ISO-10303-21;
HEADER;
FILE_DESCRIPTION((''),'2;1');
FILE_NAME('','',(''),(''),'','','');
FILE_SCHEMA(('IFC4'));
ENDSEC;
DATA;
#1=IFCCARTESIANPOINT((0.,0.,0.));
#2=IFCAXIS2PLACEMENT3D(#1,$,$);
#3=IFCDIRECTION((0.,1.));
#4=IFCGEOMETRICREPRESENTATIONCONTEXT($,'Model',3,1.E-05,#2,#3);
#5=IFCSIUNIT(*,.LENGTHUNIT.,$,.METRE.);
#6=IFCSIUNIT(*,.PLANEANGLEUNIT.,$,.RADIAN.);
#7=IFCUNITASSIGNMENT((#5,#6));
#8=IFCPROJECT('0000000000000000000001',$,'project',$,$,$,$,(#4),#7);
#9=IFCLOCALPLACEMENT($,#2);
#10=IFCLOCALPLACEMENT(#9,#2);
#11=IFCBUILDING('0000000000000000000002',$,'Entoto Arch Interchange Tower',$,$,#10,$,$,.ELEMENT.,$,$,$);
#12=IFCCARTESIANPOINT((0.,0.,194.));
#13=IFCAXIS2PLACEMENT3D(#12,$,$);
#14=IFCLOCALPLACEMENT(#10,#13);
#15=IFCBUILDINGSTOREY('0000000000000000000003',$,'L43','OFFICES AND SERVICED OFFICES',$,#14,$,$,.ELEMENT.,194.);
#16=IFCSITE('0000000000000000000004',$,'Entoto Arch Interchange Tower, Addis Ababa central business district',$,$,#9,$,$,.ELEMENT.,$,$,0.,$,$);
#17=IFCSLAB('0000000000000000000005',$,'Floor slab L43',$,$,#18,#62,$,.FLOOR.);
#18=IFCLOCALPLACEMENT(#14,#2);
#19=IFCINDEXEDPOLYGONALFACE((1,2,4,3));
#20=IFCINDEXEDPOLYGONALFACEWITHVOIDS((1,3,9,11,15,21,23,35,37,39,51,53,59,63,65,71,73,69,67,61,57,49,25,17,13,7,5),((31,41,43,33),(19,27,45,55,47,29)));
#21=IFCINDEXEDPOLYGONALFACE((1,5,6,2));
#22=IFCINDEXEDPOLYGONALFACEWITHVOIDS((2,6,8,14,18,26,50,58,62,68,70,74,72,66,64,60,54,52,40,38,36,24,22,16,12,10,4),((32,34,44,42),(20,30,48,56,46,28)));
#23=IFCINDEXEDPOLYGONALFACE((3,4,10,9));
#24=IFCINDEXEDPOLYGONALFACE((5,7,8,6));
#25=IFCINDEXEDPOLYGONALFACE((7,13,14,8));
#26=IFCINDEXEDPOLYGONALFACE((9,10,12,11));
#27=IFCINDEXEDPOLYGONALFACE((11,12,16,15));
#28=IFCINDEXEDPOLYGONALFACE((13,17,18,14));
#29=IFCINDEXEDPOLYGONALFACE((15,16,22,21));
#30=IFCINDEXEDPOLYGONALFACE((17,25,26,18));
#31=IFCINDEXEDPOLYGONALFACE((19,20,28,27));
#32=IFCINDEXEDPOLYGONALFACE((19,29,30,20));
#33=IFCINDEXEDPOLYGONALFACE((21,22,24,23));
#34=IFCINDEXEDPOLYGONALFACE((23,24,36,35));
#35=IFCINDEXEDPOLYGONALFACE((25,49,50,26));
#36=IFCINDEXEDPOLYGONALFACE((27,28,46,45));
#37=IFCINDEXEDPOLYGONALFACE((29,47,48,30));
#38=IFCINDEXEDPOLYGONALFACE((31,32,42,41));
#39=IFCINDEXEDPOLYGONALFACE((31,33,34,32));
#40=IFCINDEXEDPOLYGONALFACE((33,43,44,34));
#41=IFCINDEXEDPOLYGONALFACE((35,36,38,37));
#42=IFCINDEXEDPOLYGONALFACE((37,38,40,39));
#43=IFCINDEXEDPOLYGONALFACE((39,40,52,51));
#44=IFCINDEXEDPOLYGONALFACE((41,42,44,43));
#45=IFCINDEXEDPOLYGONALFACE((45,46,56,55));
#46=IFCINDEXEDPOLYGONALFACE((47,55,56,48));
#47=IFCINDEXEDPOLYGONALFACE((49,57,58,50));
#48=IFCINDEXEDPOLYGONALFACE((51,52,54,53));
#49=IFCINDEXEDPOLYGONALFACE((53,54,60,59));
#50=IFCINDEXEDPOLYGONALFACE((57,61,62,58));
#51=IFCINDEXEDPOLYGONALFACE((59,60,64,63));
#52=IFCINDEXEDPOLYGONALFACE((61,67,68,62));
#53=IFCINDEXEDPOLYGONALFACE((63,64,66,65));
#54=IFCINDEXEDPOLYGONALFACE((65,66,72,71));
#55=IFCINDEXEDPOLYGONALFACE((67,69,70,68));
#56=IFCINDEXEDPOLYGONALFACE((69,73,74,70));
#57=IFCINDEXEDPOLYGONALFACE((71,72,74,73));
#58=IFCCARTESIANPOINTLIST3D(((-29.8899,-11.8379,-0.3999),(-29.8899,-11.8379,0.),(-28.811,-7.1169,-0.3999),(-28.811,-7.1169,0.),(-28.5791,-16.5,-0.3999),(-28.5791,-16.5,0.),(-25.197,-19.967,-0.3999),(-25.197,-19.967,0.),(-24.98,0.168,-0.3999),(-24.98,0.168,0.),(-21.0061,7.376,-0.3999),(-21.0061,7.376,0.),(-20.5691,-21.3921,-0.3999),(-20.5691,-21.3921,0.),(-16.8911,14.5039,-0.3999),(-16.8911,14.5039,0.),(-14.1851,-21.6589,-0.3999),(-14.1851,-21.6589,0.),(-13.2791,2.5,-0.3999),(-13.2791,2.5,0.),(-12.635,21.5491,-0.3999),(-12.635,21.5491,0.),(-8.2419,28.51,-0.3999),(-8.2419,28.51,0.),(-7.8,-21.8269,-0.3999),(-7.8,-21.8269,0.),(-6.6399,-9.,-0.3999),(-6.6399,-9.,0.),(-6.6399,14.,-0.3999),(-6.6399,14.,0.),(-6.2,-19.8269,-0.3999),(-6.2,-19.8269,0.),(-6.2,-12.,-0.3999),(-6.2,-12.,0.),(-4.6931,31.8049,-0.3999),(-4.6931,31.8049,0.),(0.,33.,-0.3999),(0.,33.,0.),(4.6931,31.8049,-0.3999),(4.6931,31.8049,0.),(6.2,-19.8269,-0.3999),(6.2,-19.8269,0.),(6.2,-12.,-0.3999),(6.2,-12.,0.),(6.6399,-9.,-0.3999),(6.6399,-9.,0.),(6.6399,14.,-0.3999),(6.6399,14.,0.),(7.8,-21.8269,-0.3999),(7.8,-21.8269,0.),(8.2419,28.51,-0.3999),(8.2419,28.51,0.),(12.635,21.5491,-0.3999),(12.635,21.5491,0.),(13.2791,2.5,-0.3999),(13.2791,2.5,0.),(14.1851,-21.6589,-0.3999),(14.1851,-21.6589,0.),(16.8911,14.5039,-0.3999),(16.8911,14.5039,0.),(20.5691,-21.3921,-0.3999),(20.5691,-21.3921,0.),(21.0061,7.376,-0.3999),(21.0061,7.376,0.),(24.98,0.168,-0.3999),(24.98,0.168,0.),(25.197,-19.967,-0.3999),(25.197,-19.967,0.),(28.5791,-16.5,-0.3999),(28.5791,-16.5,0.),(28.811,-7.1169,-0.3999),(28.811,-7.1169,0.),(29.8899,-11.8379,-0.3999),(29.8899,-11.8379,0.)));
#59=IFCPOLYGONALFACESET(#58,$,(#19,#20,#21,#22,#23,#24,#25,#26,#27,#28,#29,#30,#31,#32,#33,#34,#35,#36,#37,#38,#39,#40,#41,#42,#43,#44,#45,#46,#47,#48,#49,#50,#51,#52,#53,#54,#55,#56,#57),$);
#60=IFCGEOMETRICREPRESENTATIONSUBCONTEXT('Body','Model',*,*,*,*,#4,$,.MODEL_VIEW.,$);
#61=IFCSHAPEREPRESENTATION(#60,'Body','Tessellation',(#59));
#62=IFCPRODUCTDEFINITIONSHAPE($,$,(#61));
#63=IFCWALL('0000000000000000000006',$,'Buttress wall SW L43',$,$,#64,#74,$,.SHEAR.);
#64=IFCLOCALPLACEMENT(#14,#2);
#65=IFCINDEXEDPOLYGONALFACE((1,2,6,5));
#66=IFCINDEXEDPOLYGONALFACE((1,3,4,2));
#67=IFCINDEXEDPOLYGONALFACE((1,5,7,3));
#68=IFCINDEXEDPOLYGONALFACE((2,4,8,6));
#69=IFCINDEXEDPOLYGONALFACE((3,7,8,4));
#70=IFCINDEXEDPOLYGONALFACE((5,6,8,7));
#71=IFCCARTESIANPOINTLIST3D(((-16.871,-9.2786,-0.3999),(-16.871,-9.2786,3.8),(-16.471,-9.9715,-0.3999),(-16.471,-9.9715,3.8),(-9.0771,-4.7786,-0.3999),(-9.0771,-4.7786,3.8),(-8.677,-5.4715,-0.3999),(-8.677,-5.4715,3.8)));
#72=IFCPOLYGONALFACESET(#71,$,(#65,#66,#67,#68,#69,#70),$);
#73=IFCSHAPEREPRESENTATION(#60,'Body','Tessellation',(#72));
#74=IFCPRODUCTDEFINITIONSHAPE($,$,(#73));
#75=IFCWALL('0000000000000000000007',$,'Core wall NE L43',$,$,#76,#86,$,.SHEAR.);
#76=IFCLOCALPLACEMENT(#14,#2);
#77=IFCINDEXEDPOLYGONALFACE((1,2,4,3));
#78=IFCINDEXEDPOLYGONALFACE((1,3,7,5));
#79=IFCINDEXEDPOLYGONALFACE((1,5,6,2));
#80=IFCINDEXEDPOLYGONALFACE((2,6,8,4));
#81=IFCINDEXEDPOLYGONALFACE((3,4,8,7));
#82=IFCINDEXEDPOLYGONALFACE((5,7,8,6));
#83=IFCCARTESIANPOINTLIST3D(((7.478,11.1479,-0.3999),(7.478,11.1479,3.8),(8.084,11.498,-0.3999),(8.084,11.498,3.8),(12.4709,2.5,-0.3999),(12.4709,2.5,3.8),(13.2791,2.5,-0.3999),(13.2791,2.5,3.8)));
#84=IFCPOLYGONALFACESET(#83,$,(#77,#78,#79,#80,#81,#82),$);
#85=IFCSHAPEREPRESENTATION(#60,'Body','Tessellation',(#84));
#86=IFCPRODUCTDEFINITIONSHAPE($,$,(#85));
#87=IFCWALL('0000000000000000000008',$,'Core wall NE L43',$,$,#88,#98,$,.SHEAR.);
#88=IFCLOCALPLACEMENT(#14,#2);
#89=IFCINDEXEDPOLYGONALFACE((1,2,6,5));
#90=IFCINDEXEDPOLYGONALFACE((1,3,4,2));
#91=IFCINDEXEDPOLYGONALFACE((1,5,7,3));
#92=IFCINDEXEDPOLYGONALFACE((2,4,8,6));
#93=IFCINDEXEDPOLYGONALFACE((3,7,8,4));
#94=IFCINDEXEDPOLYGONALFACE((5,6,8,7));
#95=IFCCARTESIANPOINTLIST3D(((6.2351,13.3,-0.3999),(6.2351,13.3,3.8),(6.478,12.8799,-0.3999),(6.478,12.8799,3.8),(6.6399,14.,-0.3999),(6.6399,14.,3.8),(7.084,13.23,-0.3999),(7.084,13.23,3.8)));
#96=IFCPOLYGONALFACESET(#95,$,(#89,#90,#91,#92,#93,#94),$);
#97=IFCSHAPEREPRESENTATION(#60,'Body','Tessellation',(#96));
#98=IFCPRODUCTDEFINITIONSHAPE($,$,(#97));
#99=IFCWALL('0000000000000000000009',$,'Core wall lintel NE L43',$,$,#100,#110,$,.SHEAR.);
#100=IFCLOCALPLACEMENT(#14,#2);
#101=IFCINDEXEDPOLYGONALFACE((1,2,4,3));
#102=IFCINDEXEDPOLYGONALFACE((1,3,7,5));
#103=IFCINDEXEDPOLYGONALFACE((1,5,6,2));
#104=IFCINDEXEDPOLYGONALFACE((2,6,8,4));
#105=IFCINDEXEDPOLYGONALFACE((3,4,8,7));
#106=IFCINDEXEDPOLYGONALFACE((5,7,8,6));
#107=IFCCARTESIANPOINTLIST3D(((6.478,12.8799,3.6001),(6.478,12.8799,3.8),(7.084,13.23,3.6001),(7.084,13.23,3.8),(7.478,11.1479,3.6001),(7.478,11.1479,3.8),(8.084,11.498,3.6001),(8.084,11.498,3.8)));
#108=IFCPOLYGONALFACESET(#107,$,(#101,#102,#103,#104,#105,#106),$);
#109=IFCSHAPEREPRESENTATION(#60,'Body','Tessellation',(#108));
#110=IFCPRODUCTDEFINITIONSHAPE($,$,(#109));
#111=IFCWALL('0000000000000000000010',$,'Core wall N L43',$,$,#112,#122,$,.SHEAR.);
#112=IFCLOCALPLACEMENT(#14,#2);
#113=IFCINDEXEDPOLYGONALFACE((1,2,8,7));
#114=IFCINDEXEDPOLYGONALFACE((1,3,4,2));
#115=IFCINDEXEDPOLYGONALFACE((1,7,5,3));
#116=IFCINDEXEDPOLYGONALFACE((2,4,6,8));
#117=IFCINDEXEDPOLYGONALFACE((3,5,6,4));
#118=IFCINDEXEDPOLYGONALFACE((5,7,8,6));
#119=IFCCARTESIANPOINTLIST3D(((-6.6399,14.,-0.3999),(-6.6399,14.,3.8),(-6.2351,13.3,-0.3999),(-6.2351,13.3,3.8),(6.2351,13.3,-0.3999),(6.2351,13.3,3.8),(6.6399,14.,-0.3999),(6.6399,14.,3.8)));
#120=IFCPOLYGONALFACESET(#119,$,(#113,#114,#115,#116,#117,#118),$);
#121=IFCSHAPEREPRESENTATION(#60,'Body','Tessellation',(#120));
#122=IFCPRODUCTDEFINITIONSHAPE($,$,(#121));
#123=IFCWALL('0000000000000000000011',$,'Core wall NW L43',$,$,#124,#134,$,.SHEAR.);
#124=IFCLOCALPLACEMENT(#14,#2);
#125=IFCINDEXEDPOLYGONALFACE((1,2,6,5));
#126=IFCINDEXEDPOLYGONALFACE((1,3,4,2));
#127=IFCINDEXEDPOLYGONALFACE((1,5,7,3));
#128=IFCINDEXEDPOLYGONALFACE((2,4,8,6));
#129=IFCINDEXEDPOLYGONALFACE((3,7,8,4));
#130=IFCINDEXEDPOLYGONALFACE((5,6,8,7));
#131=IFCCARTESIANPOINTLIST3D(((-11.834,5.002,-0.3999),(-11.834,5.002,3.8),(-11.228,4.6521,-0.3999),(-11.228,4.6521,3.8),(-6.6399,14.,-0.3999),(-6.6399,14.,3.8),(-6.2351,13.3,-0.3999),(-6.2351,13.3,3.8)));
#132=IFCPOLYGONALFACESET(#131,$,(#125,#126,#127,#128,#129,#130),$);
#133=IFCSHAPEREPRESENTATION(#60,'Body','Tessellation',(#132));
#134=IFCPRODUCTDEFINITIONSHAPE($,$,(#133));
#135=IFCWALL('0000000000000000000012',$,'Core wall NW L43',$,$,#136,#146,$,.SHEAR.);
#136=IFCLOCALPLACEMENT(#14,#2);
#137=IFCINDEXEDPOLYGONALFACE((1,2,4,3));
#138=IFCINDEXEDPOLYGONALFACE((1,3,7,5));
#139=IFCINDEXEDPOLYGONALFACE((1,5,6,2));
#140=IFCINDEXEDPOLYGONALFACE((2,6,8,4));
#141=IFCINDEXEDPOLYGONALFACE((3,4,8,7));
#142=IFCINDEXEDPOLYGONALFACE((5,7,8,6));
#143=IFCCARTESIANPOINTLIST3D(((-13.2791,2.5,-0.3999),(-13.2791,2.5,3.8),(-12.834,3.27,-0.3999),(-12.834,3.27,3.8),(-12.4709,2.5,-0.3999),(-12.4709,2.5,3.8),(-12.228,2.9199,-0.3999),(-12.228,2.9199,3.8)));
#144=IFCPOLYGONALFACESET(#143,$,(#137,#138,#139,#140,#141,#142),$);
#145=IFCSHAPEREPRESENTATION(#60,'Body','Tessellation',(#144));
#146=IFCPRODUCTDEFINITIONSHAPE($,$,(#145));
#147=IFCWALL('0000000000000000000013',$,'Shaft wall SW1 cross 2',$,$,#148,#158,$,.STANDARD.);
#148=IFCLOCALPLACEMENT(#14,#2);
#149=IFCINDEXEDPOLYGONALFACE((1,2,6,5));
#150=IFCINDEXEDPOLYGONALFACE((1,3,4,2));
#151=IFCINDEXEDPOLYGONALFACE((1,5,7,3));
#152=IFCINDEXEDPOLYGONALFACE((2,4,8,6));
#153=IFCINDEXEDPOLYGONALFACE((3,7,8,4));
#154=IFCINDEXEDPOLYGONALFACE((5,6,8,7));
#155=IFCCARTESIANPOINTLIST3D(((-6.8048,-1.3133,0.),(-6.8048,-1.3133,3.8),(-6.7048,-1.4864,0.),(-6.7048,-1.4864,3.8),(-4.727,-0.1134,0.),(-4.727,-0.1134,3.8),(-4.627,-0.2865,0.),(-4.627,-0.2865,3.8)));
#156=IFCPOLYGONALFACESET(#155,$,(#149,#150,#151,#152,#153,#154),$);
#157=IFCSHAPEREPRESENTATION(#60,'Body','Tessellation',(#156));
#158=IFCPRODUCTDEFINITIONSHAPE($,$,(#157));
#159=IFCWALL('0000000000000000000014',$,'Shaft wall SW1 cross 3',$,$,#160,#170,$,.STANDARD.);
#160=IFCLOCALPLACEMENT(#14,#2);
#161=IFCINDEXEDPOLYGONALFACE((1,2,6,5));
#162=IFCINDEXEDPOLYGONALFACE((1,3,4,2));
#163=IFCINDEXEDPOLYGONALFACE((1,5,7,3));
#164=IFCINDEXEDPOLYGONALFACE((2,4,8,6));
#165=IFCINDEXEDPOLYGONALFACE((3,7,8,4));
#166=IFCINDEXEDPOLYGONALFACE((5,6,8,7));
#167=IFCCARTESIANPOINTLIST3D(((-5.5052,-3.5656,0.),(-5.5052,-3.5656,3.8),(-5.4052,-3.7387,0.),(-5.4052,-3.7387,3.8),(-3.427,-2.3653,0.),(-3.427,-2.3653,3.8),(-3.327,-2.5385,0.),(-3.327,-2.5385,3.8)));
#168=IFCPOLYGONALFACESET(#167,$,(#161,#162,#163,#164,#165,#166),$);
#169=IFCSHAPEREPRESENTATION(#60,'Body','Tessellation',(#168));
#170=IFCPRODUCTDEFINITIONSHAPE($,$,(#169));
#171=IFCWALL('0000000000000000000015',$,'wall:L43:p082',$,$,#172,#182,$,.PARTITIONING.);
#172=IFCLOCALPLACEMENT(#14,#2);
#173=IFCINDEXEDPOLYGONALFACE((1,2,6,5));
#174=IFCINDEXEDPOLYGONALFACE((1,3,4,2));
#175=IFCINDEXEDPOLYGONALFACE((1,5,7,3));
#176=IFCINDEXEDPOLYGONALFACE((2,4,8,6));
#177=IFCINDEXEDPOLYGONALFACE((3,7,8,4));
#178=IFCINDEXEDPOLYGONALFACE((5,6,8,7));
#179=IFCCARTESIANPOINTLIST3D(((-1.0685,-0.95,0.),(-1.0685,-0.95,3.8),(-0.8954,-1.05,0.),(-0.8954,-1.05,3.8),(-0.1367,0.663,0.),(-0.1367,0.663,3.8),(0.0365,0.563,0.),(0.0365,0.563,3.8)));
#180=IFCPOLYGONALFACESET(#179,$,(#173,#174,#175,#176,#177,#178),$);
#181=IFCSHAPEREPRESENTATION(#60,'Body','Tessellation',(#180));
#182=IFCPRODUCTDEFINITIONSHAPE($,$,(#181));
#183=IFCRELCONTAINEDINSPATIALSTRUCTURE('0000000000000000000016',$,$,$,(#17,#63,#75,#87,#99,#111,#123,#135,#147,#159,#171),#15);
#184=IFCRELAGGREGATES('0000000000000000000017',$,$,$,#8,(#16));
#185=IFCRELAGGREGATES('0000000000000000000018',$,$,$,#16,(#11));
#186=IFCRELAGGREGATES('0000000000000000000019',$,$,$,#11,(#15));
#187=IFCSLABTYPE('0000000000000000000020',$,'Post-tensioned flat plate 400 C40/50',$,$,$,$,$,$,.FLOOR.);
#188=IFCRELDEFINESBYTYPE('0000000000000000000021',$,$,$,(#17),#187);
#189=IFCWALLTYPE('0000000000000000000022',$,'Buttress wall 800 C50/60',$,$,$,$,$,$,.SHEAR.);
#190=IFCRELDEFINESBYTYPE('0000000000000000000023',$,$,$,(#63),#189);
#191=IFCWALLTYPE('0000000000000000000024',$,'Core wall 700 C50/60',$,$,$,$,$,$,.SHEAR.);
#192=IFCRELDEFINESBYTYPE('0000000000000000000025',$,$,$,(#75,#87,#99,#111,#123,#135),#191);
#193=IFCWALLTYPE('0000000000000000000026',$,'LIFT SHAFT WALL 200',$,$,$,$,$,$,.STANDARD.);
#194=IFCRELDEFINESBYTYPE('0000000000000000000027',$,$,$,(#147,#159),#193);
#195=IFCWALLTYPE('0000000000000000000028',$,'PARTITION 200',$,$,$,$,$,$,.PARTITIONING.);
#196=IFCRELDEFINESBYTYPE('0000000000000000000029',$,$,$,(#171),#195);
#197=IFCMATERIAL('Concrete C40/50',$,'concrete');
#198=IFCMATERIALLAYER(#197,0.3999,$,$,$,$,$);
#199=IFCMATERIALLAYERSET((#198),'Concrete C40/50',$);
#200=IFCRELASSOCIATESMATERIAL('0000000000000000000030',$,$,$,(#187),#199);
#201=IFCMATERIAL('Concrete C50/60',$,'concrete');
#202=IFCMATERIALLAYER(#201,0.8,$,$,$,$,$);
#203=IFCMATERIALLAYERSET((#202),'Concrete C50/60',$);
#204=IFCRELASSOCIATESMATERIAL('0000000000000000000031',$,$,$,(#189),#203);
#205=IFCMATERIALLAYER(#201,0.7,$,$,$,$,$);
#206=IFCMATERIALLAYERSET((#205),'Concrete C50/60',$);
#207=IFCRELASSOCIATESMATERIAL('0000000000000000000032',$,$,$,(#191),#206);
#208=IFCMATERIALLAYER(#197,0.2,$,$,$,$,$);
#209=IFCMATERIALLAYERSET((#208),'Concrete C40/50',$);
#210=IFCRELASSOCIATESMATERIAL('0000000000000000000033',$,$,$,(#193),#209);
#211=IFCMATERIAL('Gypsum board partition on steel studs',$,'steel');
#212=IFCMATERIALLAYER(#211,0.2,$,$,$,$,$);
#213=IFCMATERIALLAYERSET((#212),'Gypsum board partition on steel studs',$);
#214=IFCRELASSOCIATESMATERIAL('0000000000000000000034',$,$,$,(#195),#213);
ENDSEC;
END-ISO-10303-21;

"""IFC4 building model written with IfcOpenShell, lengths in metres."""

from ifc_helpers import new_model, si_unit, direction, frame, frame_2d, origin, place, context, subcontext, project, spatial, polyline, rectangle, outline, extrude, material, layer, layer_set, type_object, element, save


model = new_model("IFC4")

# Units and contexts
model_context = context("Model", 3, precision=1e-05, world=origin(), true_north=direction((0.0, 1.0)))
body_context = subcontext(model_context, "Body", "Model", "MODEL_VIEW")
ifc_project = project(units=[si_unit("LENGTHUNIT", "METRE"), si_unit("PLANEANGLEUNIT", "RADIAN")], contexts=[model_context])

# Site, building, storey
site_placement = place(None, origin())
site = spatial("IfcSite", under=ifc_project, at=site_placement, Name="Entoto Arch Interchange Tower, Addis Ababa central business district", CompositionType="ELEMENT", RefElevation=0.0)
building_placement = place(site_placement, origin())
building = spatial("IfcBuilding", under=site, at=building_placement, Name="Entoto Arch Interchange Tower", CompositionType="ELEMENT")
storey_placement = place(building_placement, frame((0.0, 0.0, 194.0)))
storey = spatial("IfcBuildingStorey", under=building, at=storey_placement, Name="L43", Description="OFFICES AND SERVICED OFFICES", CompositionType="ELEMENT", Elevation=194.0)

# Slab
ifc_material_1 = material(Name="Concrete C40/50", Category="concrete")
ifc_layer_1 = layer(ifc_material_1, 0.3999)
ifc_layer_set_1 = layer_set([ifc_layer_1], Name="Concrete C40/50")
slab_type = type_object("IfcSlabType", Name="Post-tensioned flat plate 400 C40/50", PredefinedType="FLOOR", material=ifc_layer_set_1)
slab_placement = place(storey_placement, frame((0.0, 0.0, -0.3999)))
element("IfcSlab", 1, at=slab_placement, inside=storey, type_object=slab_type, Name="Floor slab L43", PredefinedType="FLOOR", context=body_context, shape_type="SweptSolid", body=[
    extrude(outline(polyline([(-20.5691, -21.3921), (-14.1851, -21.6589), (-7.8, -21.8269), (7.8, -21.8269), (14.1851, -21.6589), (20.5691, -21.3921), (25.197, -19.967), (28.5791, -16.5), (29.8899, -11.8379), (28.811, -7.1169), (24.98, 0.168), (21.0061, 7.376), (16.8911, 14.5039), (12.635, 21.5491), (8.2419, 28.51), (4.6931, 31.8049), (0.0, 33.0), (-4.6931, 31.8049), (-8.2419, 28.51), (-12.635, 21.5491), (-16.8911, 14.5039), (-21.0061, 7.376), (-24.98, 0.168), (-28.811, -7.1169), (-29.8899, -11.8379), (-28.5791, -16.5), (-25.197, -19.967), (-20.5691, -21.3921)]), holes=[polyline([(6.2, -19.8269), (6.2, -12.0), (-6.2, -12.0), (-6.2, -19.8269), (6.2, -19.8269)]), polyline([(13.2791, 2.5), (6.6399, 14.0), (-6.6399, 14.0), (-13.2791, 2.5), (-6.6399, -9.0), (6.6399, -9.0), (13.2791, 2.5)])]), origin(), (0.0, 0.0, 1.0), 0.3999),
])

# Walls
ifc_material_2 = material(Name="Concrete C50/60", Category="concrete")
ifc_layer_2 = layer(ifc_material_2, 0.8)
ifc_layer_set_2 = layer_set([ifc_layer_2], Name="Concrete C50/60")
wall_type_1 = type_object("IfcWallType", Name="Buttress wall 800 C50/60", PredefinedType="SHEAR", material=ifc_layer_set_2)
wall_1_placement = place(storey_placement, frame((-8.877, -5.125, -0.3999), z_axis=(0.0, 0.0, 1.0), x_axis=(-0.866018, -0.500014, 0.0)))
element("IfcWall", 2, at=wall_1_placement, inside=storey, type_object=wall_type_1, Name="Buttress wall SW L43", PredefinedType="SHEAR", context=body_context, shape_type="SweptSolid", body=[
    extrude(rectangle(XDim=8.9998, YDim=0.8, at=frame_2d((4.5, 0.0))), origin(), (0.0, 0.0, 1.0), 4.2),
])
ifc_layer_3 = layer(ifc_material_2, 0.7)
ifc_layer_set_3 = layer_set([ifc_layer_3], Name="Concrete C50/60")
wall_type_2 = type_object("IfcWallType", Name="Core wall 700 C50/60", PredefinedType="SHEAR", material=ifc_layer_set_3)
wall_2_placement = place(storey_placement, frame((0.0, 0.0, -0.3999)))
element("IfcWall", 3, at=wall_2_placement, inside=storey, type_object=wall_type_2, Name="Core wall NE L43", PredefinedType="SHEAR", context=body_context, shape_type="SweptSolid", body=[
    extrude(outline(polyline([(8.084, 11.498), (7.478, 11.1479), (12.4709, 2.5), (13.2791, 2.5), (8.084, 11.498)])), origin(), (0.0, 0.0, 1.0), 4.2),
])
wall_3_placement = place(storey_placement, frame((0.0, 0.0, -0.3999)))
element("IfcWall", 4, at=wall_3_placement, inside=storey, type_object=wall_type_2, Name="Core wall NE L43", PredefinedType="SHEAR", context=body_context, shape_type="SweptSolid", body=[
    extrude(outline(polyline([(6.478, 12.8799), (7.084, 13.23), (6.6399, 14.0), (6.2351, 13.3), (6.478, 12.8799)])), origin(), (0.0, 0.0, 1.0), 4.2),
])
wall_4_placement = place(storey_placement, frame((0.0, 0.0, 3.6001)))
element("IfcWall", 5, at=wall_4_placement, inside=storey, type_object=wall_type_2, Name="Core wall lintel NE L43", PredefinedType="SHEAR", context=body_context, shape_type="SweptSolid", body=[
    extrude(outline(polyline([(7.084, 13.23), (6.478, 12.8799), (7.478, 11.1479), (8.084, 11.498), (7.084, 13.23)])), origin(), (0.0, 0.0, 1.0), 0.2),
])
wall_5_placement = place(storey_placement, frame((0.0, 0.0, -0.3999)))
element("IfcWall", 6, at=wall_5_placement, inside=storey, type_object=wall_type_2, Name="Core wall N L43", PredefinedType="SHEAR", context=body_context, shape_type="SweptSolid", body=[
    extrude(outline(polyline([(6.6399, 14.0), (-6.6399, 14.0), (-6.2351, 13.3), (6.2351, 13.3), (6.6399, 14.0)])), origin(), (0.0, 0.0, 1.0), 4.2),
])
wall_6_placement = place(storey_placement, frame((0.0, 0.0, -0.3999)))
element("IfcWall", 7, at=wall_6_placement, inside=storey, type_object=wall_type_2, Name="Core wall NW L43", PredefinedType="SHEAR", context=body_context, shape_type="SweptSolid", body=[
    extrude(outline(polyline([(-11.834, 5.002), (-11.228, 4.6521), (-6.2351, 13.3), (-6.6399, 14.0), (-11.834, 5.002)])), origin(), (0.0, 0.0, 1.0), 4.2),
])
wall_7_placement = place(storey_placement, frame((0.0, 0.0, -0.3999)))
element("IfcWall", 8, at=wall_7_placement, inside=storey, type_object=wall_type_2, Name="Core wall NW L43", PredefinedType="SHEAR", context=body_context, shape_type="SweptSolid", body=[
    extrude(outline(polyline([(-12.228, 2.9199), (-12.834, 3.27), (-13.2791, 2.5), (-12.4709, 2.5), (-12.228, 2.9199)])), origin(), (0.0, 0.0, 1.0), 4.2),
])
ifc_layer_4 = layer(ifc_material_1, 0.2)
ifc_layer_set_4 = layer_set([ifc_layer_4], Name="Concrete C40/50")
wall_type_3 = type_object("IfcWallType", Name="LIFT SHAFT WALL 200", PredefinedType="STANDARD", material=ifc_layer_set_4)
wall_8_placement = place(storey_placement, frame((-4.677, -0.2, 0.0), z_axis=(0.0, 0.0, 1.0), x_axis=(-0.865974, -0.500089, 0.0)))
element("IfcWall", 9, at=wall_8_placement, inside=storey, type_object=wall_type_3, Name="Shaft wall SW1 cross 2", PredefinedType="STANDARD", context=body_context, shape_type="SweptSolid", body=[
    extrude(rectangle(XDim=2.3994, YDim=0.2, at=frame_2d((1.1997, 0.0))), origin(), (0.0, 0.0, 1.0), 3.8),
])
wall_9_placement = place(storey_placement, frame((-3.377, -2.4519, 0.0), z_axis=(0.0, 0.0, 1.0), x_axis=(-0.865955, -0.500122, 0.0)))
element("IfcWall", 10, at=wall_9_placement, inside=storey, type_object=wall_type_3, Name="Shaft wall SW1 cross 3", PredefinedType="STANDARD", context=body_context, shape_type="SweptSolid", body=[
    extrude(rectangle(XDim=2.3999, YDim=0.2, at=frame_2d((1.2, 0.0))), origin(), (0.0, 0.0, 1.0), 3.8),
])
ifc_material_3 = material(Name="Gypsum board partition on steel studs", Category="steel")
ifc_layer_5 = layer(ifc_material_3, 0.2)
ifc_layer_set_5 = layer_set([ifc_layer_5], Name="Gypsum board partition on steel studs")
wall_type_4 = type_object("IfcWallType", Name="PARTITION 200", PredefinedType="PARTITIONING", material=ifc_layer_set_5)
wall_10_placement = place(storey_placement, frame((-0.9819, -1.0, 0.0), z_axis=(0.0, 0.0, 1.0), x_axis=(0.50024, 0.865887, 0.0)))
element("IfcWall", 11, at=wall_10_placement, inside=storey, type_object=wall_type_4, Name="wall:L43:p082", PredefinedType="PARTITIONING", context=body_context, shape_type="SweptSolid", body=[
    extrude(rectangle(XDim=1.8628, YDim=0.2, at=frame_2d((0.9314, 0.0))), origin(), (0.0, 0.0, 1.0), 3.8),
])

save(model, "model.ifc")
